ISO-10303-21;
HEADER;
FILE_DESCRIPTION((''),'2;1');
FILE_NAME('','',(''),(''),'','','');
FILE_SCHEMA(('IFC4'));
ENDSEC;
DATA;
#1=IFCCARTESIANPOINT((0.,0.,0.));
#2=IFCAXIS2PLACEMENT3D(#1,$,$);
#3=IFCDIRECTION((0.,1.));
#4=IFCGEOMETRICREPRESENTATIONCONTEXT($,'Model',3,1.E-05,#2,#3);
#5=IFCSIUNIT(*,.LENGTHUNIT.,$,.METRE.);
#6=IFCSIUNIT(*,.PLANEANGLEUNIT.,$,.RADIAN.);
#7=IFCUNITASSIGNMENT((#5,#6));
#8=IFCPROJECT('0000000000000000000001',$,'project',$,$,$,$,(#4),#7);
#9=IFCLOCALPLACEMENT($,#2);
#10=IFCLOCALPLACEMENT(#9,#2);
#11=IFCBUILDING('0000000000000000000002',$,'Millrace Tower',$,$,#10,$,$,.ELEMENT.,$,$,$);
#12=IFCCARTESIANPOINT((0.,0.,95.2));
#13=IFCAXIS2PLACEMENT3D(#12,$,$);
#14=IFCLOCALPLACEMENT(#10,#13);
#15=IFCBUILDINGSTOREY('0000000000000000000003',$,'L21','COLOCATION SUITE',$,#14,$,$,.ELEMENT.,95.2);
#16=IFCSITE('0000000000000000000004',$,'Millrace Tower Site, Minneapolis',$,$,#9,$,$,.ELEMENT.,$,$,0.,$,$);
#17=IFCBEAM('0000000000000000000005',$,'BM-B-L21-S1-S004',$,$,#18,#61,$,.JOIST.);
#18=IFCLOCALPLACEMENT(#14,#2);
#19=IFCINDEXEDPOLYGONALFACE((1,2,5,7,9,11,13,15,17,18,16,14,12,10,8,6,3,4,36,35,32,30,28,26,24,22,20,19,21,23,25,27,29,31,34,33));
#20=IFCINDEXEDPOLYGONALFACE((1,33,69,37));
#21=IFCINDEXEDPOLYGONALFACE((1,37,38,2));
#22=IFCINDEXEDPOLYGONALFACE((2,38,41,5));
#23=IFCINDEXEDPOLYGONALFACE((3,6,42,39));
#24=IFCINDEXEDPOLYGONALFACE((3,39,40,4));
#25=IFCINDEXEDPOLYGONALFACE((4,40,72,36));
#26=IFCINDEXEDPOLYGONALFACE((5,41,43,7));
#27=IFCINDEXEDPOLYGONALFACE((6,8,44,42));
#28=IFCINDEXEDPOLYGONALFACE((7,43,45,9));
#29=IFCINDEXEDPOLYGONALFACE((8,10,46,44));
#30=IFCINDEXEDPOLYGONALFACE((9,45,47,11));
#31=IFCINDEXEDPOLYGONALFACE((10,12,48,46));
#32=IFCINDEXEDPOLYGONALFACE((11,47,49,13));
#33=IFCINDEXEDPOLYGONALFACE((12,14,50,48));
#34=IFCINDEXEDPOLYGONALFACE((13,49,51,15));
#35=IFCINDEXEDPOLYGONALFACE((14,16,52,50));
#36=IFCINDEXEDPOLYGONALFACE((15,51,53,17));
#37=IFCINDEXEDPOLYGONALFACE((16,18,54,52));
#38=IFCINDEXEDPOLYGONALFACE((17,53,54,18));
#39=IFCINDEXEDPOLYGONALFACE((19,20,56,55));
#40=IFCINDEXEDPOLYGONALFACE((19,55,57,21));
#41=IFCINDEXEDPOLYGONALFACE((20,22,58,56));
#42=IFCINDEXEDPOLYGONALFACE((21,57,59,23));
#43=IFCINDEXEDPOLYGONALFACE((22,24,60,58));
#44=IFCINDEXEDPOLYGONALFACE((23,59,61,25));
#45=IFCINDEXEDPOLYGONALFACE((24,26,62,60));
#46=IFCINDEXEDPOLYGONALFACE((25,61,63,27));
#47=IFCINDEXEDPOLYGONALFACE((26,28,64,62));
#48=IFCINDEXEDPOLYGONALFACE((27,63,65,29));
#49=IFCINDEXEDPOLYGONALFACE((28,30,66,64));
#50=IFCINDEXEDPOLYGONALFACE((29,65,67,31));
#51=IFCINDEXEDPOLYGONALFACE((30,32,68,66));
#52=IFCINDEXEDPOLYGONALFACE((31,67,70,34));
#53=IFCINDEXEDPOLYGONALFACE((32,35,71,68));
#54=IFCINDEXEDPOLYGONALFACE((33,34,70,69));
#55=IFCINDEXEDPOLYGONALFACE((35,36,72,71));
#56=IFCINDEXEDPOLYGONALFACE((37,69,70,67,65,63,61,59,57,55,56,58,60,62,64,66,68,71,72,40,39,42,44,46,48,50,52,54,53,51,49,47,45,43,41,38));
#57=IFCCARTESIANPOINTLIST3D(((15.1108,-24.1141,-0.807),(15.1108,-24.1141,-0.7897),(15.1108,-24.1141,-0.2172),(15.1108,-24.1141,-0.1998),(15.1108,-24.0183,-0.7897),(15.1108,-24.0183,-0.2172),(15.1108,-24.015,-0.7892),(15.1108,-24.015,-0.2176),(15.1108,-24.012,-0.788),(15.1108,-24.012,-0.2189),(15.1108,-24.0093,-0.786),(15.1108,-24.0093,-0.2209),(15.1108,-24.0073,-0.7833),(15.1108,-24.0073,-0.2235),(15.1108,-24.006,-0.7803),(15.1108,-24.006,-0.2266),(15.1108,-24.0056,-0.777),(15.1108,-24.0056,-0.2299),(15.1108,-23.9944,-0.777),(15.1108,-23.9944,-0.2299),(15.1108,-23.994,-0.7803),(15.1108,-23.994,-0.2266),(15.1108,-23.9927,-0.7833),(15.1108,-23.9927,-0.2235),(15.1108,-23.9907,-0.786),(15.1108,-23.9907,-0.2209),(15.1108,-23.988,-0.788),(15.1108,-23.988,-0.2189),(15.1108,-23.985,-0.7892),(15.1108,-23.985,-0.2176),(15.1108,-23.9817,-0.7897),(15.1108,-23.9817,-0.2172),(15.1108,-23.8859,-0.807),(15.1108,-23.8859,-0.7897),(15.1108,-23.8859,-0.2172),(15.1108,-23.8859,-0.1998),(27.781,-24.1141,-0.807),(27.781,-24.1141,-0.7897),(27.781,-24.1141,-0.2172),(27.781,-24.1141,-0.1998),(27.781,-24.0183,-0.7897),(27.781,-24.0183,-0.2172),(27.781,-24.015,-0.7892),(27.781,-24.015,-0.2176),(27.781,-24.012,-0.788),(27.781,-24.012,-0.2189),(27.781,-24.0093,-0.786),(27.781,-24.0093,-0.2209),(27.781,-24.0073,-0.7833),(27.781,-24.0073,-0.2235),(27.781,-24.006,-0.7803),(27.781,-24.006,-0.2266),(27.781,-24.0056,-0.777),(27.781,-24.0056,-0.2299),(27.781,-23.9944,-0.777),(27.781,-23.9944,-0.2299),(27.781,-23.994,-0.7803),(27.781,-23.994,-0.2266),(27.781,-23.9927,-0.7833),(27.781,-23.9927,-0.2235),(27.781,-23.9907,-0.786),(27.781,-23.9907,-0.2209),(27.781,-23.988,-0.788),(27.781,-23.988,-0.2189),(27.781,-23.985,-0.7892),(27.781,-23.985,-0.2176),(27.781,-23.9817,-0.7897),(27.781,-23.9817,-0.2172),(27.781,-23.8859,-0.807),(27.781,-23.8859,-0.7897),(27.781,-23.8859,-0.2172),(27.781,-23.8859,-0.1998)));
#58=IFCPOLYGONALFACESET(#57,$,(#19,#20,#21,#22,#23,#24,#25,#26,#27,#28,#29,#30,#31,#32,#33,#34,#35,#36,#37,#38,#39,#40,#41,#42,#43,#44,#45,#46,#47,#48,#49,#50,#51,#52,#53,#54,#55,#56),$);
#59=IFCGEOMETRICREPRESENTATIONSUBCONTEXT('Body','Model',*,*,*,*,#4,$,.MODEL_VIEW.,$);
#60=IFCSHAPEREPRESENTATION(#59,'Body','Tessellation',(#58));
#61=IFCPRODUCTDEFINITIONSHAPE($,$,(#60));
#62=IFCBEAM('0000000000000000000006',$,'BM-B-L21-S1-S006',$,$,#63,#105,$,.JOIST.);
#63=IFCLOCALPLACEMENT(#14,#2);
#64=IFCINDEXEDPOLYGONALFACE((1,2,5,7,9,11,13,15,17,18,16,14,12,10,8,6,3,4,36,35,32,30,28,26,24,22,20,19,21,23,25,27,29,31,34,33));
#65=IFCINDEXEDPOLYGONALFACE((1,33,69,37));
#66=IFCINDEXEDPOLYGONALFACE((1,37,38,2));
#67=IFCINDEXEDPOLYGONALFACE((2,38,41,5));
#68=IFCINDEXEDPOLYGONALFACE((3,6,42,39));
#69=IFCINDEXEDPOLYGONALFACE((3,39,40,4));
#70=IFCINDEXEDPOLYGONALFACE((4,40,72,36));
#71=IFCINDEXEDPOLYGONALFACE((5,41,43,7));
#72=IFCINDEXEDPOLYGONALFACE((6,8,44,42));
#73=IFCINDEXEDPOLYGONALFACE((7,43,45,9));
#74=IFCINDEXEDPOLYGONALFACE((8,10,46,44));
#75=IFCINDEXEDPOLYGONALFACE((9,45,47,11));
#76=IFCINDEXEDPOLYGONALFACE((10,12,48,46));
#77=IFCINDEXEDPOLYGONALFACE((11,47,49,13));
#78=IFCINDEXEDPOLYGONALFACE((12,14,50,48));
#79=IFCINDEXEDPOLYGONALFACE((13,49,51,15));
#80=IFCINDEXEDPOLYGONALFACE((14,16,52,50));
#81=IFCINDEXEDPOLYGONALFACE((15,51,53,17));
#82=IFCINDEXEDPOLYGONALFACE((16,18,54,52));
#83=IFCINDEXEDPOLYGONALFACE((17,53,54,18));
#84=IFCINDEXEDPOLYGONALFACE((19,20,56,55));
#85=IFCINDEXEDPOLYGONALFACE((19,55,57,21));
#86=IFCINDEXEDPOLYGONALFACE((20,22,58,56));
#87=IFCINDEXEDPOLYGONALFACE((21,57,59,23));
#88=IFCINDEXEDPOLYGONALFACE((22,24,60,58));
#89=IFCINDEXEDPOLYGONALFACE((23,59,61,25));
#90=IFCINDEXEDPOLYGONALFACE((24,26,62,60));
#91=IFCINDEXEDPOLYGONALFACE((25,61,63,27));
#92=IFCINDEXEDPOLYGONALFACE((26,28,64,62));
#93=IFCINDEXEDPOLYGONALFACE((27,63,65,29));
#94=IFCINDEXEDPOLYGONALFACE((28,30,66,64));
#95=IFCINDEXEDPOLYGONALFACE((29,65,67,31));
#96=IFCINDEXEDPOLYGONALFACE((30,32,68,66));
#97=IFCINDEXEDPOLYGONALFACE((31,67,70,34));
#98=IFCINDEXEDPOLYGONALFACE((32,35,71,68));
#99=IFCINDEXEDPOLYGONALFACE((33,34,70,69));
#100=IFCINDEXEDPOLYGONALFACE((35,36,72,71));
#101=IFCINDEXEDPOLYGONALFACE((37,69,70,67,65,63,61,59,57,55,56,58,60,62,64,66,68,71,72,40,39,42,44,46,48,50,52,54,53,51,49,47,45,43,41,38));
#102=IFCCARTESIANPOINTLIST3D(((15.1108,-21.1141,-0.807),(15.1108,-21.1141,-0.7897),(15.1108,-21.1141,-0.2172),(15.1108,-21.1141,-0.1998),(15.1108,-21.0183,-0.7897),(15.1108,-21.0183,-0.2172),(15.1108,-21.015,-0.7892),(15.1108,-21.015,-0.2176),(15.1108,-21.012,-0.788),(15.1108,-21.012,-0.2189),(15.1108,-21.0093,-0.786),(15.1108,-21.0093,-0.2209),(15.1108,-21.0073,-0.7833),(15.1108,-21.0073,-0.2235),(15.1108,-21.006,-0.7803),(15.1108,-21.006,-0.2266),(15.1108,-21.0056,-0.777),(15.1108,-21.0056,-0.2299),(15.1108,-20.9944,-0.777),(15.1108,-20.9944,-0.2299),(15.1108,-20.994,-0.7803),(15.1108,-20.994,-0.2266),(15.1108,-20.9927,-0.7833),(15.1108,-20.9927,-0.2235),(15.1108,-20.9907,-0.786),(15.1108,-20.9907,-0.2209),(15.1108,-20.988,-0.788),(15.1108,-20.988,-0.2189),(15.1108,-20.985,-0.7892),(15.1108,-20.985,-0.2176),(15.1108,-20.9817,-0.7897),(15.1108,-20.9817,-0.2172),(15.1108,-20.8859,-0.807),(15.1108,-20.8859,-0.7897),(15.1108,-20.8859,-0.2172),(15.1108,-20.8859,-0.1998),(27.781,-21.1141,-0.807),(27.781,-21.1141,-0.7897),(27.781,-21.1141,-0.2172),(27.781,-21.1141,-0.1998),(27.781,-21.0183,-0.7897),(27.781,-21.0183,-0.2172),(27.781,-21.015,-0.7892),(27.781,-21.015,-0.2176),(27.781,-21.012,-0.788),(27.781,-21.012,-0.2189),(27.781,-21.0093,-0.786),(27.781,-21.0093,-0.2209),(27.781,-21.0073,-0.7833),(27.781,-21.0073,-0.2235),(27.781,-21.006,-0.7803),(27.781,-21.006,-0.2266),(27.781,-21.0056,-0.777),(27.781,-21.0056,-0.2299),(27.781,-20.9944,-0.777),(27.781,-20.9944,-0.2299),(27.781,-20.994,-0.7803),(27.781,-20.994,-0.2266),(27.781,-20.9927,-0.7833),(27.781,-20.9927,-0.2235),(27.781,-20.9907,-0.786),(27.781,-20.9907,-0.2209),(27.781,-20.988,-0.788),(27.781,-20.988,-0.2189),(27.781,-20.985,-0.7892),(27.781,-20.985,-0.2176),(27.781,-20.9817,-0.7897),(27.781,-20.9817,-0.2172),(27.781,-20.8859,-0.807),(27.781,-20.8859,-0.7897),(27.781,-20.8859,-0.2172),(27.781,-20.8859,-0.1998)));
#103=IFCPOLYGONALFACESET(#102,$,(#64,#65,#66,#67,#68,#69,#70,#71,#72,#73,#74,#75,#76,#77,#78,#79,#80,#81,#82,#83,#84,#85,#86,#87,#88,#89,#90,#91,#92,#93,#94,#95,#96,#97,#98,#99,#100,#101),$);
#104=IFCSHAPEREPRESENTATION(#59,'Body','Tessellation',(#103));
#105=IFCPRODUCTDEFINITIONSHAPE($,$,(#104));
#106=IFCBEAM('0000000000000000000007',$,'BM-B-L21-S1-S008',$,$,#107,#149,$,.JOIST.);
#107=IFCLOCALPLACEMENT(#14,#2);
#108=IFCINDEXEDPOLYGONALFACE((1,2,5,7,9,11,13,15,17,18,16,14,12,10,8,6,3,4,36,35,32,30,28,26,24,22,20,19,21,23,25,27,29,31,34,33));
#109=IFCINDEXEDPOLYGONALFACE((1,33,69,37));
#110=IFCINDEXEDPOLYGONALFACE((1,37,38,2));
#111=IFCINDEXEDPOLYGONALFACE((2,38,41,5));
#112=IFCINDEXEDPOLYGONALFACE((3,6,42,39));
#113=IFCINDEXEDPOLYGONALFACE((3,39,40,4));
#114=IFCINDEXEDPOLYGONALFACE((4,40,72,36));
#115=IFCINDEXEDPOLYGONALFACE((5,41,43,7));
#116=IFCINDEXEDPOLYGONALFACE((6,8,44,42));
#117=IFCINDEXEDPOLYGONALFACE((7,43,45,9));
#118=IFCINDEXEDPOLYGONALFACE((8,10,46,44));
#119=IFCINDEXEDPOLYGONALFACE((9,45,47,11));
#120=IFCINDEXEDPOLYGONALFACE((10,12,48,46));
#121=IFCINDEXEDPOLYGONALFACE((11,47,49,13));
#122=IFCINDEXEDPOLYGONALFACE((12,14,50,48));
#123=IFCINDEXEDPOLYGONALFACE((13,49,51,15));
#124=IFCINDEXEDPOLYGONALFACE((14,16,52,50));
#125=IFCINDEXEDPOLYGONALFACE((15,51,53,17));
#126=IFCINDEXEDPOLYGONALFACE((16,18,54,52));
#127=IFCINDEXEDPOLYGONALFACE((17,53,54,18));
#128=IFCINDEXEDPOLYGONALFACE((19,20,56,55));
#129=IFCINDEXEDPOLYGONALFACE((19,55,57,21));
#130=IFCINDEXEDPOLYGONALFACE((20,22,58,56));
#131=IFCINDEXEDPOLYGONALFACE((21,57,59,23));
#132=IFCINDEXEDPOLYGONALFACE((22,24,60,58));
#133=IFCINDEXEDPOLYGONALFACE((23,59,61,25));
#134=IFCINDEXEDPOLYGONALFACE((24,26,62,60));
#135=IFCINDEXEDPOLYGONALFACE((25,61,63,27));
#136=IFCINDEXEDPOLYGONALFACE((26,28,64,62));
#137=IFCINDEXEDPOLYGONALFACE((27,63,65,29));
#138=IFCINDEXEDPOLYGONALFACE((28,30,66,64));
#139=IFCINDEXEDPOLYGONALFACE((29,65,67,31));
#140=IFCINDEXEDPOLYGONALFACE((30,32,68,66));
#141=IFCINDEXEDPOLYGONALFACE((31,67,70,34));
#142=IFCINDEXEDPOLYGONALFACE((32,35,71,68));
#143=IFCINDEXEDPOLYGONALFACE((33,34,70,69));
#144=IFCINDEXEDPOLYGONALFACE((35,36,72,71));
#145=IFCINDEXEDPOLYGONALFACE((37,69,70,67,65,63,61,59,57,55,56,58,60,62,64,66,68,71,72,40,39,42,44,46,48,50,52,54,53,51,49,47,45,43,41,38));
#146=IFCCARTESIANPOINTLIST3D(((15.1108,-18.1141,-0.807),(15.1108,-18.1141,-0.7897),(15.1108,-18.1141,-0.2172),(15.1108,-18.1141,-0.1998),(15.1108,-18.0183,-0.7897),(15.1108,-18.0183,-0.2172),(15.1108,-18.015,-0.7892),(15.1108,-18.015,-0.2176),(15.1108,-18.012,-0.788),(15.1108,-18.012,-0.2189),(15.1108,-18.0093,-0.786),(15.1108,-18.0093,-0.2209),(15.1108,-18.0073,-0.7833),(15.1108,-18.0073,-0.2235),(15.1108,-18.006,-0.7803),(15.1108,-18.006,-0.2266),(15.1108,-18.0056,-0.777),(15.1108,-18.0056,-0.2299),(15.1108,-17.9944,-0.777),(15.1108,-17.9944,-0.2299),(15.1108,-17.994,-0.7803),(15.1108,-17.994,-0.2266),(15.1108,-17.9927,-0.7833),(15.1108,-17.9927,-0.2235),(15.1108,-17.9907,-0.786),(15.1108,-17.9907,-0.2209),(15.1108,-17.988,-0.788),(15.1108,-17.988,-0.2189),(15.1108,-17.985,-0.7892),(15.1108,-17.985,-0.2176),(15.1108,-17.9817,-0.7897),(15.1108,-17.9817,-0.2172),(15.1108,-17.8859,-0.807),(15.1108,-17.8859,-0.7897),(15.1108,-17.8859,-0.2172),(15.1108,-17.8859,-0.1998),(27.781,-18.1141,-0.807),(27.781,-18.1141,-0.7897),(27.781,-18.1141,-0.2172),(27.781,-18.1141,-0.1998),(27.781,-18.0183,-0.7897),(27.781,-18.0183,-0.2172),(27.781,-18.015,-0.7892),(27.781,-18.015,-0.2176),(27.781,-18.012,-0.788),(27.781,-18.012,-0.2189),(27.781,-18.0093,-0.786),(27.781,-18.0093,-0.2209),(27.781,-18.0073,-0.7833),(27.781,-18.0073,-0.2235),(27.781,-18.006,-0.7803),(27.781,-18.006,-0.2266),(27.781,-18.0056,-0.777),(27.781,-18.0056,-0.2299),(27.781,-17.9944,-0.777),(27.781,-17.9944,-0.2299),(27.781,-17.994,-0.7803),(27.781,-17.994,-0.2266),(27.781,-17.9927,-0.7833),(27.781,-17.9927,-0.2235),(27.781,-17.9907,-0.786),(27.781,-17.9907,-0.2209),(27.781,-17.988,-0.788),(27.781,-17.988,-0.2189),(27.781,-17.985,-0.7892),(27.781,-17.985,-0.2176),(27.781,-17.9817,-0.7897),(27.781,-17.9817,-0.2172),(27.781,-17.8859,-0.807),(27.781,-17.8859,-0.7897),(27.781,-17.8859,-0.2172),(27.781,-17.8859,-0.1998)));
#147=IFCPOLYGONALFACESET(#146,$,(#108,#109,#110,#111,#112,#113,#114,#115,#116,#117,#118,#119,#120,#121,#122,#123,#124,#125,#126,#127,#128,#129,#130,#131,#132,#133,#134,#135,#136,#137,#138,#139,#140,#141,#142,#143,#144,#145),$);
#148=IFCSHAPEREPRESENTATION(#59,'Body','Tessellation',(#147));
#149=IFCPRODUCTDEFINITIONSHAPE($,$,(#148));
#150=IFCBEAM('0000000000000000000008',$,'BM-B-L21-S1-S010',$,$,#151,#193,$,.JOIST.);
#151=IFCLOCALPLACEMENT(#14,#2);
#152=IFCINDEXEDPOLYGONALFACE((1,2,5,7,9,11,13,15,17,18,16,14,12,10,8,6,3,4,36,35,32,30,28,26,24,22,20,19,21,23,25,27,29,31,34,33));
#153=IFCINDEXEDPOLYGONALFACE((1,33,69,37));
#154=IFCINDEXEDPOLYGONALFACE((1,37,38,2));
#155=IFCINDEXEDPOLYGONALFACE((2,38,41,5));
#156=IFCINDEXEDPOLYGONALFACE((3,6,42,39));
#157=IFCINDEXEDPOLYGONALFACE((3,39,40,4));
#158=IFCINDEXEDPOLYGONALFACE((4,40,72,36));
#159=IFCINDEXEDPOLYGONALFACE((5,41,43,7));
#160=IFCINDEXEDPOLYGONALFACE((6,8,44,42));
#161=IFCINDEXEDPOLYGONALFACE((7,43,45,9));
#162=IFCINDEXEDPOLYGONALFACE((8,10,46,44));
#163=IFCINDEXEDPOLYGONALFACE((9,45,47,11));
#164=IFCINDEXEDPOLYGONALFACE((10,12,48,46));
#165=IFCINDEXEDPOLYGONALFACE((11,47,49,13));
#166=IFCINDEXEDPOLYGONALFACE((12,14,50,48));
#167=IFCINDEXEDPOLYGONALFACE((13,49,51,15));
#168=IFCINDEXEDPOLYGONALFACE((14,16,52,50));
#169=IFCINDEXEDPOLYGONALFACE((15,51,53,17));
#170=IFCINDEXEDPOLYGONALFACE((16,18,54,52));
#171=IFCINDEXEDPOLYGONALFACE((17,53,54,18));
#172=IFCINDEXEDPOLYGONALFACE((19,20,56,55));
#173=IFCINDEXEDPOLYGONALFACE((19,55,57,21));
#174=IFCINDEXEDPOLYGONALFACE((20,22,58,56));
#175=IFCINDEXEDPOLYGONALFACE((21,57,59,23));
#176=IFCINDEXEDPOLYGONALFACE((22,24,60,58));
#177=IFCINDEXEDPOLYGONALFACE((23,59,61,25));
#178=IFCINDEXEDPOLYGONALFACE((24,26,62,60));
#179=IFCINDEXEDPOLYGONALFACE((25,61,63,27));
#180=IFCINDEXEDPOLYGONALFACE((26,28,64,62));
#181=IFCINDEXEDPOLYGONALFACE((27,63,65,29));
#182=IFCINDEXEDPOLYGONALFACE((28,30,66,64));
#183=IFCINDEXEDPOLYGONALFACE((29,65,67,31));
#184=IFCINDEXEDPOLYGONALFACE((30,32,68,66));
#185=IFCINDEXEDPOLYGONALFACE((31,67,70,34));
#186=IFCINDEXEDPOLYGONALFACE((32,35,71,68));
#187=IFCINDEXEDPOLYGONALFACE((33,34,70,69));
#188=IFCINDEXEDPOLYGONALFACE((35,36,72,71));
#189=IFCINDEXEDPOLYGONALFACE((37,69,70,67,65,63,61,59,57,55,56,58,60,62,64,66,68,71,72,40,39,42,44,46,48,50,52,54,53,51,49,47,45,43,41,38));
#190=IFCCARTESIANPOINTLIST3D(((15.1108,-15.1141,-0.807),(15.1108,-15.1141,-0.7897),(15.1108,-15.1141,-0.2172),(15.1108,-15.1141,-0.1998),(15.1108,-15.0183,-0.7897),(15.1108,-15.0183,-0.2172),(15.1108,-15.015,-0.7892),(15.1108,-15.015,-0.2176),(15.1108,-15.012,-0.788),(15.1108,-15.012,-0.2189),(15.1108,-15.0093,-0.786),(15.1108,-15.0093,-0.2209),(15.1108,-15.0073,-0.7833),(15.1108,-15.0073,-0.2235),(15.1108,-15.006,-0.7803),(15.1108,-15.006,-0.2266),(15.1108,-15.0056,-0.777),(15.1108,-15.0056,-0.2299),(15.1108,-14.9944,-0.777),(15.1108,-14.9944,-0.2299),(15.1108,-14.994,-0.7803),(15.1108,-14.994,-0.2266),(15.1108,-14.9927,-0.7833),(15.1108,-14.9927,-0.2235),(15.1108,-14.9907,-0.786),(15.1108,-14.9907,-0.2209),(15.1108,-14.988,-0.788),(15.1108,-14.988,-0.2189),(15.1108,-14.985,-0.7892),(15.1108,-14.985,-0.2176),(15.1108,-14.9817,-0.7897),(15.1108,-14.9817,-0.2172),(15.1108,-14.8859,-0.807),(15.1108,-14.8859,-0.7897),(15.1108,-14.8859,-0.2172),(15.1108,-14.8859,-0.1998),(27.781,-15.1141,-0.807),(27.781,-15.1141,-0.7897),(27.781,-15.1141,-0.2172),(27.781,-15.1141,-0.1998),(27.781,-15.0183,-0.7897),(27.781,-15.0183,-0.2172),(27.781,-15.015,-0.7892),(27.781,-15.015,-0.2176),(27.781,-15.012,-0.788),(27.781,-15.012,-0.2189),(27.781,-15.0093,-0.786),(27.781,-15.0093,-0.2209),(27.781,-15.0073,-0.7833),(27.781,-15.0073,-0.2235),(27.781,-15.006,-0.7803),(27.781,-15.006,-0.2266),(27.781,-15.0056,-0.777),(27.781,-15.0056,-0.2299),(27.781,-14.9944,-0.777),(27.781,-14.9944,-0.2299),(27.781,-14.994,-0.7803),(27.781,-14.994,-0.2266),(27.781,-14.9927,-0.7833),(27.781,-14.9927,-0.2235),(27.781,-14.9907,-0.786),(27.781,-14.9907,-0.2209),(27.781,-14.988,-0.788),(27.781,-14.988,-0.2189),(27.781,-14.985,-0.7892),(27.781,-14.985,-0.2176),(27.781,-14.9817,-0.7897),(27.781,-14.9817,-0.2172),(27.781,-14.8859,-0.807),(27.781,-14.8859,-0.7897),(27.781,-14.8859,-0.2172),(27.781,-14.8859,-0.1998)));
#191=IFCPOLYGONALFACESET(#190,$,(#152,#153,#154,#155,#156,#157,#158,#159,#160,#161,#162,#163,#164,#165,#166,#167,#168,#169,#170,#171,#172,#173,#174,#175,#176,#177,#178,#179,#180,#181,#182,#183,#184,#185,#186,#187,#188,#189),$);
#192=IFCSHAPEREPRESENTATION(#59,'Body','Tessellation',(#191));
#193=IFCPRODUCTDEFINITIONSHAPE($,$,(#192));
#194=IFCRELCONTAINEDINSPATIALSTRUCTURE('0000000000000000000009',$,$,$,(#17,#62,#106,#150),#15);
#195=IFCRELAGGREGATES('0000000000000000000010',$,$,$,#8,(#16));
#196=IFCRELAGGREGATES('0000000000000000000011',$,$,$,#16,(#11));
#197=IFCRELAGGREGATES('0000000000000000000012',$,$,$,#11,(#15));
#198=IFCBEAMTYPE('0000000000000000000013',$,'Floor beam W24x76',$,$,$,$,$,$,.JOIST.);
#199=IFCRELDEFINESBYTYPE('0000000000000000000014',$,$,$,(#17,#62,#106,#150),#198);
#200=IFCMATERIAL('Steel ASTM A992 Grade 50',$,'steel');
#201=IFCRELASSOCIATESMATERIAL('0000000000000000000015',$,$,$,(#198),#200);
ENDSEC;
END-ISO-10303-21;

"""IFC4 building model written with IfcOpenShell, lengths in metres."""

from ifc_helpers import new_model, si_unit, direction, frame, origin, origin_2d, place, context, subcontext, project, spatial, i_section, extrude, material, material_profile, profile_set, type_object, element, save


model = new_model("IFC4")

# Units and contexts
model_context = context("Model", 3, precision=1e-05, world=origin(), true_north=direction((0.0, 1.0)))
body_context = subcontext(model_context, "Body", "Model", "MODEL_VIEW")
ifc_project = project(units=[si_unit("LENGTHUNIT", "METRE"), si_unit("PLANEANGLEUNIT", "RADIAN")], contexts=[model_context])

# Site, building, storey
site_placement = place(None, origin())
site = spatial("IfcSite", under=ifc_project, at=site_placement, Name="Millrace Tower Site, Minneapolis", CompositionType="ELEMENT", RefElevation=0.0)
building_placement = place(site_placement, origin())
building = spatial("IfcBuilding", under=site, at=building_placement, Name="Millrace Tower", CompositionType="ELEMENT")
storey_placement = place(building_placement, frame((0.0, 0.0, 95.2)))
storey = spatial("IfcBuildingStorey", under=building, at=storey_placement, Name="L21", Description="COLOCATION SUITE", CompositionType="ELEMENT", Elevation=95.2)

# Beams
ifc_material_1 = material(Name="Steel ASTM A992 Grade 50", Category="steel")
ifc_material_profile_1 = material_profile(ifc_material_1, i_section(OverallWidth=0.2283, OverallDepth=0.6072, WebThickness=0.0112, FlangeThickness=0.0173, FilletRadius=0.0127, at=origin_2d()))
ifc_profile_set_1 = profile_set([ifc_material_profile_1], Name="Steel ASTM A992 Grade 50")
beam_type_1 = type_object("IfcBeamType", Name="Floor beam W24x76", PredefinedType="JOIST", material=ifc_profile_set_1)
for number, where, z_axis, x_axis, name in (
    (1, (15.1108, -24.0, -0.5034), (1.0, 0.0, 0.0), (0.0, 1.0, 0.0), "BM-B-L21-S1-S004"),
    (2, (15.1108, -21.0, -0.5034), (1.0, 0.0, 0.0), (0.0, 1.0, 0.0), "BM-B-L21-S1-S006"),
    (3, (15.1108, -18.0, -0.5034), (1.0, 0.0, 0.0), (0.0, 1.0, 0.0), "BM-B-L21-S1-S008"),
    (4, (15.1108, -15.0, -0.5034), (1.0, 0.0, 0.0), (0.0, 1.0, 0.0), "BM-B-L21-S1-S010"),
):
    element("IfcBeam", number, at=place(storey_placement, frame(where, z_axis=z_axis, x_axis=x_axis)), inside=storey, type_object=beam_type_1, Name=name, PredefinedType="JOIST", context=body_context, shape_type="SweptSolid", body=[
        extrude(i_section(OverallWidth=0.2283, OverallDepth=0.6072, WebThickness=0.0112, FlangeThickness=0.0173, FilletRadius=0.0127, at=origin_2d()), origin(), (0.0, 0.0, 1.0), 12.6702),
    ])

save(model, "model.ifc")
